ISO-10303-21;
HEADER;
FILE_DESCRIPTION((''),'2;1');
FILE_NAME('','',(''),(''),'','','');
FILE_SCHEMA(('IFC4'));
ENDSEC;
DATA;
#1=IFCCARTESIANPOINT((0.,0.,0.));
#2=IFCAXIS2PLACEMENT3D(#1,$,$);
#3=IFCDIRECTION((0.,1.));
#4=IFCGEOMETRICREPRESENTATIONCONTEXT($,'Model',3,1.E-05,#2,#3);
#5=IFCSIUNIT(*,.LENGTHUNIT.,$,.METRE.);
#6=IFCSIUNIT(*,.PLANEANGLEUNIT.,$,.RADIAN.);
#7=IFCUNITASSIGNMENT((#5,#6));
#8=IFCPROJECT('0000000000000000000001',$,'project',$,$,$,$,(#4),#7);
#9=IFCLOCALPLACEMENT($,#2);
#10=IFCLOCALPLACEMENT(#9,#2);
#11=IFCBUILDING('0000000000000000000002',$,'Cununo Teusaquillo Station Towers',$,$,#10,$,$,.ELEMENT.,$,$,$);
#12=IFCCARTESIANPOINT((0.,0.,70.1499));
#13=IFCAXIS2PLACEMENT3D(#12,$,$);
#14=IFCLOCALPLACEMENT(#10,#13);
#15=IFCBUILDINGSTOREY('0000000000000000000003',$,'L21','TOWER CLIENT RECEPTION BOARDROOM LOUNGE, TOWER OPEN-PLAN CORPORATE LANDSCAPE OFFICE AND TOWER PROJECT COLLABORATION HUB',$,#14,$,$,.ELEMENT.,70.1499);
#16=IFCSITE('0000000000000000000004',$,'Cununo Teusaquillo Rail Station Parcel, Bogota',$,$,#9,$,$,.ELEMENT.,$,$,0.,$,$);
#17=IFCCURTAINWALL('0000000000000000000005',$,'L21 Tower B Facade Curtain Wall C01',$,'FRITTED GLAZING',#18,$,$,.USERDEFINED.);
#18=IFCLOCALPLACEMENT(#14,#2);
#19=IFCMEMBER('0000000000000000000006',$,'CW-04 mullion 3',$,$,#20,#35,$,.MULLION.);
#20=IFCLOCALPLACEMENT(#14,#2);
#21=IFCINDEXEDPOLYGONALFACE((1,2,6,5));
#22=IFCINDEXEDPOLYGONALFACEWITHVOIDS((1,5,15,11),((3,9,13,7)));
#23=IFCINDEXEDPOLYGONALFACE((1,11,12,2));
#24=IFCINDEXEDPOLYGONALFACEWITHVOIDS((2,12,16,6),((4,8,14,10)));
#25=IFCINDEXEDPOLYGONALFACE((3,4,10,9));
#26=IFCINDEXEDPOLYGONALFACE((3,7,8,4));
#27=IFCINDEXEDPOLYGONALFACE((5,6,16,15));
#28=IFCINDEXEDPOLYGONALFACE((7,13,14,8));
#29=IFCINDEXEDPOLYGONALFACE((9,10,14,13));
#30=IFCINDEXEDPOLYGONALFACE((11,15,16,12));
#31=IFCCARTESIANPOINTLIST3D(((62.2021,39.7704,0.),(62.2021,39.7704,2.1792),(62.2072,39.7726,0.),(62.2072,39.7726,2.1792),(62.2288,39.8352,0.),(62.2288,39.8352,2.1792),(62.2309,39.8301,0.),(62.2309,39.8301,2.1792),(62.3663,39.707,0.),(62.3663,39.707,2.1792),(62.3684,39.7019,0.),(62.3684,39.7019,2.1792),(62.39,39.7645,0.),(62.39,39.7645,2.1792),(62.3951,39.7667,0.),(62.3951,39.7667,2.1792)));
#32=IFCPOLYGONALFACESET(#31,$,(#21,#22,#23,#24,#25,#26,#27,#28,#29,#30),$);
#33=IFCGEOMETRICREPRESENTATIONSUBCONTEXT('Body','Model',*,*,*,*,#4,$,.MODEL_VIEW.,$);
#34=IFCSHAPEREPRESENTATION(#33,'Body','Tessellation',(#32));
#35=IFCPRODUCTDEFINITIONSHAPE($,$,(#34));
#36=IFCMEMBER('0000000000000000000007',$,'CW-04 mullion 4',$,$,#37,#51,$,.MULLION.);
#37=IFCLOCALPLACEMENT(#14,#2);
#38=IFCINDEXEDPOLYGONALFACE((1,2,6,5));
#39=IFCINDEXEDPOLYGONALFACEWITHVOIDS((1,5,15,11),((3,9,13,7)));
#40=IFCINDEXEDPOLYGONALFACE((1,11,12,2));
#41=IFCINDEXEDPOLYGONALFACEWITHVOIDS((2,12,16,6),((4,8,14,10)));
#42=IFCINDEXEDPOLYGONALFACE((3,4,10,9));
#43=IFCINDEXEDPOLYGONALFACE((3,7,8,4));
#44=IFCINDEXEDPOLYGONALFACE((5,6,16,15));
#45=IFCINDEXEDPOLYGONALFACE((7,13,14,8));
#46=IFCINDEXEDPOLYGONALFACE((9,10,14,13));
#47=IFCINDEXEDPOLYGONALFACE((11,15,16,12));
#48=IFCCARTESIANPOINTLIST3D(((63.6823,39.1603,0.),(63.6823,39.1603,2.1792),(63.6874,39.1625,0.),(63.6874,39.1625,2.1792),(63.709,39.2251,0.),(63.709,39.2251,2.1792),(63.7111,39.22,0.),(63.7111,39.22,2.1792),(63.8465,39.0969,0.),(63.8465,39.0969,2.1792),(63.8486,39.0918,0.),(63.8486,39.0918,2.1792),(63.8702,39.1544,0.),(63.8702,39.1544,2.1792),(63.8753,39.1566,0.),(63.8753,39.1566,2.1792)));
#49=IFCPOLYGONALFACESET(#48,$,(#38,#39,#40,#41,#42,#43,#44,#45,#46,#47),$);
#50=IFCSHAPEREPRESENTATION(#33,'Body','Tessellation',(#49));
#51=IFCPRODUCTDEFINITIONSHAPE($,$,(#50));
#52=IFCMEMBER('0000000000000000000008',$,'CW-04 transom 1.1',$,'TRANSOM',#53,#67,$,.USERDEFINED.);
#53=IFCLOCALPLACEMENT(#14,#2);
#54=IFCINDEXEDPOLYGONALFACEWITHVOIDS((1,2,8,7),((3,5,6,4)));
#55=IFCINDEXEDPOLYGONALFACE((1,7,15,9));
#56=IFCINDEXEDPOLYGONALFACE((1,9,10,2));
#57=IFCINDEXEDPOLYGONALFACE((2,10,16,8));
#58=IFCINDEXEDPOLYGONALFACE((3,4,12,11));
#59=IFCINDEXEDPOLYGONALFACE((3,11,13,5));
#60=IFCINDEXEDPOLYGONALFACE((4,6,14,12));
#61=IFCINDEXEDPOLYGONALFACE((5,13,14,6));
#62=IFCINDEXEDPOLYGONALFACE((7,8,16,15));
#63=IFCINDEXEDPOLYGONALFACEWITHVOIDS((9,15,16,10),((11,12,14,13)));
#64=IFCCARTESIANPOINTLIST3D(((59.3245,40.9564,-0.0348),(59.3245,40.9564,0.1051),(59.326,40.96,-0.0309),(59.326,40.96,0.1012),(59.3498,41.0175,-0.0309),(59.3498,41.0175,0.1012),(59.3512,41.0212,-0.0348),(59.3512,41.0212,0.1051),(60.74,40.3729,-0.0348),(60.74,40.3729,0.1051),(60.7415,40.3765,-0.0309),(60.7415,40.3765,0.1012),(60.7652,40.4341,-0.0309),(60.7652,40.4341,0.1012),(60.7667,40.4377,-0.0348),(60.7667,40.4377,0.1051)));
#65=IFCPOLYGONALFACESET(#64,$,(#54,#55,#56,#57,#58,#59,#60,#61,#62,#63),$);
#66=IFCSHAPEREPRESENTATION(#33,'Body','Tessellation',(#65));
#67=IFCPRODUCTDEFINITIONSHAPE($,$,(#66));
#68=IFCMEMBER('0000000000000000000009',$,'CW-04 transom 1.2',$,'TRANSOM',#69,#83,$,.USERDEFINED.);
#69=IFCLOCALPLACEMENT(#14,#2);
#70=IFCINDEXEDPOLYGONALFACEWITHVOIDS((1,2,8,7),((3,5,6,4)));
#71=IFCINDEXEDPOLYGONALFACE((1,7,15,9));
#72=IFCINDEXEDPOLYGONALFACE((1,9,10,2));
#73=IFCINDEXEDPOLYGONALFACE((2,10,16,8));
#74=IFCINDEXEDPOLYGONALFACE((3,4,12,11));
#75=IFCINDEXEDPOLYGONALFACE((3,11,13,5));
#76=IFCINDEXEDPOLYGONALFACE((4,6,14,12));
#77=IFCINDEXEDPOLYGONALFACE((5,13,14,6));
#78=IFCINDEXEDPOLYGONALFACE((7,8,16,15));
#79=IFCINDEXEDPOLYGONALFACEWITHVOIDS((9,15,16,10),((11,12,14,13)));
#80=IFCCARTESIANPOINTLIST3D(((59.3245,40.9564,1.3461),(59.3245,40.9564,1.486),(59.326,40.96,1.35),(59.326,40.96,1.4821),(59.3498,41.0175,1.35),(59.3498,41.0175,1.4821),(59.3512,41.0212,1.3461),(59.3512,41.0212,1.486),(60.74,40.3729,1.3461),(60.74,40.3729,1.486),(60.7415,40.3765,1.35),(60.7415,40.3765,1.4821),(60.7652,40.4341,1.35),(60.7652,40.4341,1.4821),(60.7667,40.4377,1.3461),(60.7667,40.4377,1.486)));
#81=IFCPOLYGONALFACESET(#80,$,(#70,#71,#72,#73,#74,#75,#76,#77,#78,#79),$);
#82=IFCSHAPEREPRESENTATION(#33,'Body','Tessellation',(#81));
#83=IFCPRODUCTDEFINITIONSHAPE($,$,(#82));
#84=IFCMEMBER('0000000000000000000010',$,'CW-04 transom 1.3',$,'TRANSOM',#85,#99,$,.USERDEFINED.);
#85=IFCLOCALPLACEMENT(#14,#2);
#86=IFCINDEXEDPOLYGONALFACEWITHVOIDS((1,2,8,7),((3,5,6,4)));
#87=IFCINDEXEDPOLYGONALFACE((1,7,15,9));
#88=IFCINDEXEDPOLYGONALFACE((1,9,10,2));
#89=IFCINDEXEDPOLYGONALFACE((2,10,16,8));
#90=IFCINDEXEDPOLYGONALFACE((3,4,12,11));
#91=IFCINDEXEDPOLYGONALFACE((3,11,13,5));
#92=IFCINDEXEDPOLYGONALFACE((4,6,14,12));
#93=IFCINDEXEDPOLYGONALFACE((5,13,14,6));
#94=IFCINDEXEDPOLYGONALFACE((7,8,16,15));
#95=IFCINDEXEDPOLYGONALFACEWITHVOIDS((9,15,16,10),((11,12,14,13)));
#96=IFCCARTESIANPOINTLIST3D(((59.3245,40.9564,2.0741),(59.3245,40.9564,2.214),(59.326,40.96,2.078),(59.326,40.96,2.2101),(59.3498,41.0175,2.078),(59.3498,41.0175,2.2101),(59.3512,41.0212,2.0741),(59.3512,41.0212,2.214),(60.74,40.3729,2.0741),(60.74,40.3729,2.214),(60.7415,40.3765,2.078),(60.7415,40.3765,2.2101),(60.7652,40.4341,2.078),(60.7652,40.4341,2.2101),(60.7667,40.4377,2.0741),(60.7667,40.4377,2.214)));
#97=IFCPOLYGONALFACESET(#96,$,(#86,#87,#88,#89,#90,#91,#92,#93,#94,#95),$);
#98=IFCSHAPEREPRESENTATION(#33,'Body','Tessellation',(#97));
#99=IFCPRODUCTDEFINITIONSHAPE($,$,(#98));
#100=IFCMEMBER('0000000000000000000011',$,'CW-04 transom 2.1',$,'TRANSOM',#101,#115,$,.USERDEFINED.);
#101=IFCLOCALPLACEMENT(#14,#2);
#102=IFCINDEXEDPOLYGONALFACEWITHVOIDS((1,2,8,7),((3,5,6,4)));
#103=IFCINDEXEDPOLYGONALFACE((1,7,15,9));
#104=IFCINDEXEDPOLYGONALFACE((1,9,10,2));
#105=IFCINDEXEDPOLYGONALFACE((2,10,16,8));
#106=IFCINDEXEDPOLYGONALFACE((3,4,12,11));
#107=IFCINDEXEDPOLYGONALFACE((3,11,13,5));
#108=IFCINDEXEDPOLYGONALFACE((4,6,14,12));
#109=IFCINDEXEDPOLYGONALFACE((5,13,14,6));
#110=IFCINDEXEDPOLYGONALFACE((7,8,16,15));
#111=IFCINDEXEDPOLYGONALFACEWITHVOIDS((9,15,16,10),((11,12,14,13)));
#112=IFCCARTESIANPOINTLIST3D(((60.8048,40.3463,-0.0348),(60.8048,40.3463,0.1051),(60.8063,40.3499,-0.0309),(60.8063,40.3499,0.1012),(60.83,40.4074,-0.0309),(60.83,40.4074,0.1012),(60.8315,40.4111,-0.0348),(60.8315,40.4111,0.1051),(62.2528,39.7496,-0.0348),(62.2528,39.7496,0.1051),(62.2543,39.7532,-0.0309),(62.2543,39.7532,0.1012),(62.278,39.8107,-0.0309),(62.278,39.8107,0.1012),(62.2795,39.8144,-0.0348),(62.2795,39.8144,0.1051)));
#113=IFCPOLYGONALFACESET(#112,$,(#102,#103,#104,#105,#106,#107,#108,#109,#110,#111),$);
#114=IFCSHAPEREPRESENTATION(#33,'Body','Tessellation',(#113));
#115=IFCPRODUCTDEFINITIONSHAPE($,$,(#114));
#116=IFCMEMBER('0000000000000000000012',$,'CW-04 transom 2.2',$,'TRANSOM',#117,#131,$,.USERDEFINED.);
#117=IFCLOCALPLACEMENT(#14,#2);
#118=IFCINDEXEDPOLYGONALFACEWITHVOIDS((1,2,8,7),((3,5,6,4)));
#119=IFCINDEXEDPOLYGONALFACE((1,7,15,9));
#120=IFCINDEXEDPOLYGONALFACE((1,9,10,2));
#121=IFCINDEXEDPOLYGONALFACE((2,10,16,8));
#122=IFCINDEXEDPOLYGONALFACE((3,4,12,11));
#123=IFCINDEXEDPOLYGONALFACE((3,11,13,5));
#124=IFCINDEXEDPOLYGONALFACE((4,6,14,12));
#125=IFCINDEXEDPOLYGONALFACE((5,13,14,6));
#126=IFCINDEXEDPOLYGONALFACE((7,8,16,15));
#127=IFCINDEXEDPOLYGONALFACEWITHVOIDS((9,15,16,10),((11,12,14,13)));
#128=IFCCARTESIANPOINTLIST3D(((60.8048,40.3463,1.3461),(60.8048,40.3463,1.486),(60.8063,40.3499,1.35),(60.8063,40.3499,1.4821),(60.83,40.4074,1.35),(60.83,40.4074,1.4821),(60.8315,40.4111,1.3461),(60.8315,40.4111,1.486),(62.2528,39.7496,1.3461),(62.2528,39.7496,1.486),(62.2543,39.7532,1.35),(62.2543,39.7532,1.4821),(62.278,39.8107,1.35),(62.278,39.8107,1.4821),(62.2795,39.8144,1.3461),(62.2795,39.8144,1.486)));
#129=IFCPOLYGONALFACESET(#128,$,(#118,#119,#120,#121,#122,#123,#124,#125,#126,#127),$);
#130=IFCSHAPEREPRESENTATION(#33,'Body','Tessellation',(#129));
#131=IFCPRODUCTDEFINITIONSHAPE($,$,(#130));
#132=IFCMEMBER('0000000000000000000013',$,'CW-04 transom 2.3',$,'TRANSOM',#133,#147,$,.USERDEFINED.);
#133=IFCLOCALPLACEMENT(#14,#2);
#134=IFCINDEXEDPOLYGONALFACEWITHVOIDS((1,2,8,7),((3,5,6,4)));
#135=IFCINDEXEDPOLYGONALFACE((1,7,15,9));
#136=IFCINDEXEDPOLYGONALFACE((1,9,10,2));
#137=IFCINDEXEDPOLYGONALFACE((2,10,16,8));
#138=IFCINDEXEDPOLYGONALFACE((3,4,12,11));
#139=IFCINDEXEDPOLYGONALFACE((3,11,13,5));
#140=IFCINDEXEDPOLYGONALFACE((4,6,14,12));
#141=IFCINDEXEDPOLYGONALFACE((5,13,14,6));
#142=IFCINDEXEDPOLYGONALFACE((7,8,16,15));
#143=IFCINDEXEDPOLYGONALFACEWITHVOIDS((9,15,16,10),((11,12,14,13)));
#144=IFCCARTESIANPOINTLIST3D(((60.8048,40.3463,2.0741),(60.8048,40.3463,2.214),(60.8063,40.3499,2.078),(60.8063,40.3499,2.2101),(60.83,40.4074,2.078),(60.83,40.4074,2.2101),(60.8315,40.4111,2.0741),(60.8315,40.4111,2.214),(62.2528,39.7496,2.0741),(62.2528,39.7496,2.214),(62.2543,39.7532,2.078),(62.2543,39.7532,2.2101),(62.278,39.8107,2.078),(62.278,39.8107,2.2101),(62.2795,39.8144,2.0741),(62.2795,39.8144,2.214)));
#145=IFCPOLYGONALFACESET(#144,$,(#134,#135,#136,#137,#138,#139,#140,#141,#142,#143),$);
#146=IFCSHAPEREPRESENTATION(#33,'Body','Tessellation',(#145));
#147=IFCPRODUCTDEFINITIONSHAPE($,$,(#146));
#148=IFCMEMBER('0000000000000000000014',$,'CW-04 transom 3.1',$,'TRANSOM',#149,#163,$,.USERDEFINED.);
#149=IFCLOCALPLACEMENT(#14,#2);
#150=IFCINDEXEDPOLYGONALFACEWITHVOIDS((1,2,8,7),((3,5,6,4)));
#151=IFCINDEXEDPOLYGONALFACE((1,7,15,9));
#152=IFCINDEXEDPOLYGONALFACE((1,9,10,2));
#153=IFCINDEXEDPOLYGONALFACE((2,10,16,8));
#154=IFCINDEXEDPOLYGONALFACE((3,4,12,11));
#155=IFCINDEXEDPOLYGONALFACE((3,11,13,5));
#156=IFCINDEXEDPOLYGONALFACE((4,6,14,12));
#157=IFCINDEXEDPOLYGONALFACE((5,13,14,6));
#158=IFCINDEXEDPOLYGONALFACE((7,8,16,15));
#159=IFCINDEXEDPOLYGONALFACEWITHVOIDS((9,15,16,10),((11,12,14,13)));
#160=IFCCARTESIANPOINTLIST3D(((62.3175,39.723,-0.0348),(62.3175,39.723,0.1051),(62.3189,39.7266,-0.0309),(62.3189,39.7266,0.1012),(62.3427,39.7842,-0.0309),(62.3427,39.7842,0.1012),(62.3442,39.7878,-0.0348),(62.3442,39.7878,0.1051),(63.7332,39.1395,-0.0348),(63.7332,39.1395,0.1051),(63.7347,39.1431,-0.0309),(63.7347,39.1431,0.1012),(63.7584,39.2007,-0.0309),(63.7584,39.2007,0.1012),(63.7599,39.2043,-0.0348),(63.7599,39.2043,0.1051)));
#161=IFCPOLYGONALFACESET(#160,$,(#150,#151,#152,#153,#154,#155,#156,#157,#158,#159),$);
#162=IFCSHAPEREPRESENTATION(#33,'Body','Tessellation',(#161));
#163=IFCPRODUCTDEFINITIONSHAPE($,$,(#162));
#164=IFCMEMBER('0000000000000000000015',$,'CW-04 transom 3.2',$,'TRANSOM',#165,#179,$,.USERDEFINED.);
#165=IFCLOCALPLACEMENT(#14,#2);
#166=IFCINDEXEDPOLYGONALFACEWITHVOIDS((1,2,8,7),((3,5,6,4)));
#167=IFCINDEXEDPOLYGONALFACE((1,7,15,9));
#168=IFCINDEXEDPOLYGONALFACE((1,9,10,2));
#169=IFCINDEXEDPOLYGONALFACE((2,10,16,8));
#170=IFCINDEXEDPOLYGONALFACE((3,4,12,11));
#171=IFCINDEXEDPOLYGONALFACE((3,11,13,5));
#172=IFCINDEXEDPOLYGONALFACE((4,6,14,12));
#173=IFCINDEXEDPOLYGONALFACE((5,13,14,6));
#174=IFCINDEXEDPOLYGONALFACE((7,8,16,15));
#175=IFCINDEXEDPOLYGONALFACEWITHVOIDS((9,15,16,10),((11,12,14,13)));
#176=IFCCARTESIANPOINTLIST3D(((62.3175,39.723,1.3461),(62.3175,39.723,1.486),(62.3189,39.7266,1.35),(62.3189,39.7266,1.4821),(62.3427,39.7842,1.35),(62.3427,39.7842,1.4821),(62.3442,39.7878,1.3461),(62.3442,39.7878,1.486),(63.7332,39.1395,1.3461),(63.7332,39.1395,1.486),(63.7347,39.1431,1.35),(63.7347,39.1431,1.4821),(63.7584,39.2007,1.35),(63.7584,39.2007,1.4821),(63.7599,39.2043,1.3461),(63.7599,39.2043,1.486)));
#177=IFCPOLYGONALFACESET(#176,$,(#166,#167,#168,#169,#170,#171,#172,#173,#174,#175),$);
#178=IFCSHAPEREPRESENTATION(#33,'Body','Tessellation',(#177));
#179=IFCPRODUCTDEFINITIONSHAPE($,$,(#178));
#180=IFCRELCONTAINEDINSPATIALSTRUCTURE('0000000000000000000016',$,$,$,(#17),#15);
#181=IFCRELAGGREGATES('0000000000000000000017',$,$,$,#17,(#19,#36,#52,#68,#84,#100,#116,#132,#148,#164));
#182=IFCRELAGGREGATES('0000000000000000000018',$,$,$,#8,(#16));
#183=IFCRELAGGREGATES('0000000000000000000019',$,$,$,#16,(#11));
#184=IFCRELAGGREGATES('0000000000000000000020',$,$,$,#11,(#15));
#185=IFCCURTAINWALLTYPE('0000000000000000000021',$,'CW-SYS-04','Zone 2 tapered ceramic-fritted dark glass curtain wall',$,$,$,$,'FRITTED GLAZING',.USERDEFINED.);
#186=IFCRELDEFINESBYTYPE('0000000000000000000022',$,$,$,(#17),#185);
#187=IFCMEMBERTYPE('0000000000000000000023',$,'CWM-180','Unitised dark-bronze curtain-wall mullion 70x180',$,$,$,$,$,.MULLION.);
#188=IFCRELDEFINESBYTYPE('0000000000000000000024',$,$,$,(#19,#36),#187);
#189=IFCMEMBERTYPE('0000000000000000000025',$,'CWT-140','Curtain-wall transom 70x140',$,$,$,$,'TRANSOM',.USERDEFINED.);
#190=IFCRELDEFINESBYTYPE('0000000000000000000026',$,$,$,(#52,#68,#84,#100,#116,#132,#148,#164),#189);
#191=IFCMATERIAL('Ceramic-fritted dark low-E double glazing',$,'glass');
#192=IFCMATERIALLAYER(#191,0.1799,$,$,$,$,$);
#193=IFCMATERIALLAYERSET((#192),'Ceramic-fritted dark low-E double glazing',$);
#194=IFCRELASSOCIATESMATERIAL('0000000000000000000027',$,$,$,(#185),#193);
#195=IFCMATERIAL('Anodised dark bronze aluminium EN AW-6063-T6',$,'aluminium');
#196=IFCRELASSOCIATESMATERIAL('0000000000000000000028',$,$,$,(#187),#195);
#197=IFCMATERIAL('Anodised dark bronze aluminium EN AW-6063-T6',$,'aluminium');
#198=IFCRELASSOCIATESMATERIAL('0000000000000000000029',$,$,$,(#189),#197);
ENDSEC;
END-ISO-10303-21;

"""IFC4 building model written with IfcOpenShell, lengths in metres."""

from ifc_helpers import new_model, si_unit, direction, frame, origin, origin_2d, place, context, subcontext, project, spatial, hollow_rectangle, extrude, material, layer, layer_set, material_profile, profile_set, type_object, element, aggregate, save


model = new_model("IFC4")

# Units and contexts
model_context = context("Model", 3, precision=1e-05, world=origin(), true_north=direction((0.0, 1.0)))
body_context = subcontext(model_context, "Body", "Model", "MODEL_VIEW")
ifc_project = project(units=[si_unit("LENGTHUNIT", "METRE"), si_unit("PLANEANGLEUNIT", "RADIAN")], contexts=[model_context])

# Site, building, storey
site_placement = place(None, origin())
site = spatial("IfcSite", under=ifc_project, at=site_placement, Name="Cununo Teusaquillo Rail Station Parcel, Bogota", CompositionType="ELEMENT", RefElevation=0.0)
building_placement = place(site_placement, origin())
building = spatial("IfcBuilding", under=site, at=building_placement, Name="Cununo Teusaquillo Station Towers", CompositionType="ELEMENT")
storey_placement = place(building_placement, frame((0.0, 0.0, 70.1499)))
storey = spatial("IfcBuildingStorey", under=building, at=storey_placement, Name="L21", Description="TOWER CLIENT RECEPTION BOARDROOM LOUNGE, TOWER OPEN-PLAN CORPORATE LANDSCAPE OFFICE AND TOWER PROJECT COLLABORATION HUB", CompositionType="ELEMENT", Elevation=70.1499)

# Curtain wall, members
ifc_material_1 = material(Name="Ceramic-fritted dark low-E double glazing", Category="glass")
ifc_layer_1 = layer(ifc_material_1, 0.1799)
ifc_layer_set_1 = layer_set([ifc_layer_1], Name="Ceramic-fritted dark low-E double glazing")
curtain_wall_type = type_object("IfcCurtainWallType", Name="CW-SYS-04", Description="Zone 2 tapered ceramic-fritted dark glass curtain wall", ElementType="FRITTED GLAZING", PredefinedType="USERDEFINED", material=ifc_layer_set_1)
curtain_wall_placement = place(storey_placement, origin())
curtain_wall = element("IfcCurtainWall", 1, at=curtain_wall_placement, inside=storey, type_object=curtain_wall_type, Name="L21 Tower B Facade Curtain Wall C01", ObjectType="FRITTED GLAZING", PredefinedType="USERDEFINED")
ifc_material_2 = material(Name="Anodised dark bronze aluminium EN AW-6063-T6", Category="aluminium")
ifc_material_profile_1 = material_profile(ifc_material_2, hollow_rectangle(XDim=0.0701, YDim=0.1799, WallThickness=0.0039, at=origin_2d()), Name="CW-MULL-70x180")
ifc_profile_set_1 = profile_set([ifc_material_profile_1], Name="Anodised dark bronze aluminium EN AW-6063-T6")
member_type_1 = type_object("IfcMemberType", Name="CWM-180", Description="Unitised dark-bronze curtain-wall mullion 70x180", PredefinedType="MULLION", material=ifc_profile_set_1)
member_1_placement = place(storey_placement, frame((62.2986, 39.7686, 0.0), z_axis=(0.0, 0.0, 1.0), x_axis=(0.381031, 0.924562, 0.0)))
member_1 = element("IfcMember", 2, at=member_1_placement, type_object=member_type_1, Name="CW-04 mullion 3", PredefinedType="MULLION", context=body_context, shape_type="SweptSolid", body=[
    extrude(hollow_rectangle(XDim=0.0701, YDim=0.1799, WallThickness=0.0039, at=origin_2d()), origin(), (0.0, 0.0, 1.0), 2.1792),
])
member_2_placement = place(storey_placement, frame((63.7788, 39.1584, 0.0), z_axis=(0.0, 0.0, 1.0), x_axis=(0.381031, 0.924562, 0.0)))
member_2 = element("IfcMember", 3, at=member_2_placement, type_object=member_type_1, Name="CW-04 mullion 4", PredefinedType="MULLION", context=body_context, shape_type="SweptSolid", body=[
    extrude(hollow_rectangle(XDim=0.0701, YDim=0.1799, WallThickness=0.0039, at=origin_2d()), origin(), (0.0, 0.0, 1.0), 2.1792),
])
ifc_material_3 = material(Name="Anodised dark bronze aluminium EN AW-6063-T6", Category="aluminium")
ifc_material_profile_2 = material_profile(ifc_material_3, hollow_rectangle(XDim=0.0701, YDim=0.1399, WallThickness=0.0039, at=origin_2d()), Name="CW-TRAN-70x140")
ifc_profile_set_2 = profile_set([ifc_material_profile_2], Name="Anodised dark bronze aluminium EN AW-6063-T6")
member_type_2 = type_object("IfcMemberType", Name="CWT-140", Description="Curtain-wall transom 70x140", ElementType="TRANSOM", PredefinedType="USERDEFINED", material=ifc_profile_set_2)
member_3_placement = place(storey_placement, frame((59.3379, 40.9888, 0.0352), z_axis=(0.924533, -0.381103, 0.0), x_axis=(0.381103, 0.924533, 0.0)))
member_3 = element("IfcMember", 4, at=member_3_placement, type_object=member_type_2, Name="CW-04 transom 1.1", ObjectType="TRANSOM", PredefinedType="USERDEFINED", context=body_context, shape_type="SweptSolid", body=[
    extrude(hollow_rectangle(XDim=0.0701, YDim=0.1399, WallThickness=0.0039, at=origin_2d()), origin(), (0.0, 0.0, 1.0), 1.531),
])
member_4_placement = place(storey_placement, frame((59.3379, 40.9888, 1.416), z_axis=(0.924533, -0.381103, 0.0), x_axis=(0.381103, 0.924533, 0.0)))
member_4 = element("IfcMember", 5, at=member_4_placement, type_object=member_type_2, Name="CW-04 transom 1.2", ObjectType="TRANSOM", PredefinedType="USERDEFINED", context=body_context, shape_type="SweptSolid", body=[
    extrude(hollow_rectangle(XDim=0.0701, YDim=0.1399, WallThickness=0.0039, at=origin_2d()), origin(), (0.0, 0.0, 1.0), 1.531),
])
member_5_placement = place(storey_placement, frame((59.3379, 40.9888, 2.144), z_axis=(0.924533, -0.381103, 0.0), x_axis=(0.381103, 0.924533, 0.0)))
member_5 = element("IfcMember", 6, at=member_5_placement, type_object=member_type_2, Name="CW-04 transom 1.3", ObjectType="TRANSOM", PredefinedType="USERDEFINED", context=body_context, shape_type="SweptSolid", body=[
    extrude(hollow_rectangle(XDim=0.0701, YDim=0.1399, WallThickness=0.0039, at=origin_2d()), origin(), (0.0, 0.0, 1.0), 1.531),
])
member_6_placement = place(storey_placement, frame((60.8181, 40.3787, 0.0352), z_axis=(0.924578, -0.380993, 0.0), x_axis=(0.380993, 0.924578, 0.0)))
member_6 = element("IfcMember", 7, at=member_6_placement, type_object=member_type_2, Name="CW-04 transom 2.1", ObjectType="TRANSOM", PredefinedType="USERDEFINED", context=body_context, shape_type="SweptSolid", body=[
    extrude(hollow_rectangle(XDim=0.0701, YDim=0.1399, WallThickness=0.0039, at=origin_2d()), origin(), (0.0, 0.0, 1.0), 1.5662),
])
member_7_placement = place(storey_placement, frame((60.8181, 40.3787, 1.416), z_axis=(0.924578, -0.380993, 0.0), x_axis=(0.380993, 0.924578, 0.0)))
member_7 = element("IfcMember", 8, at=member_7_placement, type_object=member_type_2, Name="CW-04 transom 2.2", ObjectType="TRANSOM", PredefinedType="USERDEFINED", context=body_context, shape_type="SweptSolid", body=[
    extrude(hollow_rectangle(XDim=0.0701, YDim=0.1399, WallThickness=0.0039, at=origin_2d()), origin(), (0.0, 0.0, 1.0), 1.5662),
])
member_8_placement = place(storey_placement, frame((60.8181, 40.3787, 2.144), z_axis=(0.924578, -0.380993, 0.0), x_axis=(0.380993, 0.924578, 0.0)))
member_8 = element("IfcMember", 9, at=member_8_placement, type_object=member_type_2, Name="CW-04 transom 2.3", ObjectType="TRANSOM", PredefinedType="USERDEFINED", context=body_context, shape_type="SweptSolid", body=[
    extrude(hollow_rectangle(XDim=0.0701, YDim=0.1399, WallThickness=0.0039, at=origin_2d()), origin(), (0.0, 0.0, 1.0), 1.5662),
])
member_9_placement = place(storey_placement, frame((62.3308, 39.7554, 0.0352), z_axis=(0.924556, -0.381046, 0.0), x_axis=(0.381046, 0.924556, 0.0)))
member_9 = element("IfcMember", 10, at=member_9_placement, type_object=member_type_2, Name="CW-04 transom 3.1", ObjectType="TRANSOM", PredefinedType="USERDEFINED", context=body_context, shape_type="SweptSolid", body=[
    extrude(hollow_rectangle(XDim=0.0701, YDim=0.1399, WallThickness=0.0039, at=origin_2d()), origin(), (0.0, 0.0, 1.0), 1.5312),
])
member_10_placement = place(storey_placement, frame((62.3308, 39.7554, 1.416), z_axis=(0.924556, -0.381046, 0.0), x_axis=(0.381046, 0.924556, 0.0)))
member_10 = element("IfcMember", 11, at=member_10_placement, type_object=member_type_2, Name="CW-04 transom 3.2", ObjectType="TRANSOM", PredefinedType="USERDEFINED", context=body_context, shape_type="SweptSolid", body=[
    extrude(hollow_rectangle(XDim=0.0701, YDim=0.1399, WallThickness=0.0039, at=origin_2d()), origin(), (0.0, 0.0, 1.0), 1.5312),
])

aggregate(curtain_wall, [member_1, member_2, member_3, member_4, member_5, member_6, member_7, member_8, member_9, member_10])

save(model, "model.ifc")
